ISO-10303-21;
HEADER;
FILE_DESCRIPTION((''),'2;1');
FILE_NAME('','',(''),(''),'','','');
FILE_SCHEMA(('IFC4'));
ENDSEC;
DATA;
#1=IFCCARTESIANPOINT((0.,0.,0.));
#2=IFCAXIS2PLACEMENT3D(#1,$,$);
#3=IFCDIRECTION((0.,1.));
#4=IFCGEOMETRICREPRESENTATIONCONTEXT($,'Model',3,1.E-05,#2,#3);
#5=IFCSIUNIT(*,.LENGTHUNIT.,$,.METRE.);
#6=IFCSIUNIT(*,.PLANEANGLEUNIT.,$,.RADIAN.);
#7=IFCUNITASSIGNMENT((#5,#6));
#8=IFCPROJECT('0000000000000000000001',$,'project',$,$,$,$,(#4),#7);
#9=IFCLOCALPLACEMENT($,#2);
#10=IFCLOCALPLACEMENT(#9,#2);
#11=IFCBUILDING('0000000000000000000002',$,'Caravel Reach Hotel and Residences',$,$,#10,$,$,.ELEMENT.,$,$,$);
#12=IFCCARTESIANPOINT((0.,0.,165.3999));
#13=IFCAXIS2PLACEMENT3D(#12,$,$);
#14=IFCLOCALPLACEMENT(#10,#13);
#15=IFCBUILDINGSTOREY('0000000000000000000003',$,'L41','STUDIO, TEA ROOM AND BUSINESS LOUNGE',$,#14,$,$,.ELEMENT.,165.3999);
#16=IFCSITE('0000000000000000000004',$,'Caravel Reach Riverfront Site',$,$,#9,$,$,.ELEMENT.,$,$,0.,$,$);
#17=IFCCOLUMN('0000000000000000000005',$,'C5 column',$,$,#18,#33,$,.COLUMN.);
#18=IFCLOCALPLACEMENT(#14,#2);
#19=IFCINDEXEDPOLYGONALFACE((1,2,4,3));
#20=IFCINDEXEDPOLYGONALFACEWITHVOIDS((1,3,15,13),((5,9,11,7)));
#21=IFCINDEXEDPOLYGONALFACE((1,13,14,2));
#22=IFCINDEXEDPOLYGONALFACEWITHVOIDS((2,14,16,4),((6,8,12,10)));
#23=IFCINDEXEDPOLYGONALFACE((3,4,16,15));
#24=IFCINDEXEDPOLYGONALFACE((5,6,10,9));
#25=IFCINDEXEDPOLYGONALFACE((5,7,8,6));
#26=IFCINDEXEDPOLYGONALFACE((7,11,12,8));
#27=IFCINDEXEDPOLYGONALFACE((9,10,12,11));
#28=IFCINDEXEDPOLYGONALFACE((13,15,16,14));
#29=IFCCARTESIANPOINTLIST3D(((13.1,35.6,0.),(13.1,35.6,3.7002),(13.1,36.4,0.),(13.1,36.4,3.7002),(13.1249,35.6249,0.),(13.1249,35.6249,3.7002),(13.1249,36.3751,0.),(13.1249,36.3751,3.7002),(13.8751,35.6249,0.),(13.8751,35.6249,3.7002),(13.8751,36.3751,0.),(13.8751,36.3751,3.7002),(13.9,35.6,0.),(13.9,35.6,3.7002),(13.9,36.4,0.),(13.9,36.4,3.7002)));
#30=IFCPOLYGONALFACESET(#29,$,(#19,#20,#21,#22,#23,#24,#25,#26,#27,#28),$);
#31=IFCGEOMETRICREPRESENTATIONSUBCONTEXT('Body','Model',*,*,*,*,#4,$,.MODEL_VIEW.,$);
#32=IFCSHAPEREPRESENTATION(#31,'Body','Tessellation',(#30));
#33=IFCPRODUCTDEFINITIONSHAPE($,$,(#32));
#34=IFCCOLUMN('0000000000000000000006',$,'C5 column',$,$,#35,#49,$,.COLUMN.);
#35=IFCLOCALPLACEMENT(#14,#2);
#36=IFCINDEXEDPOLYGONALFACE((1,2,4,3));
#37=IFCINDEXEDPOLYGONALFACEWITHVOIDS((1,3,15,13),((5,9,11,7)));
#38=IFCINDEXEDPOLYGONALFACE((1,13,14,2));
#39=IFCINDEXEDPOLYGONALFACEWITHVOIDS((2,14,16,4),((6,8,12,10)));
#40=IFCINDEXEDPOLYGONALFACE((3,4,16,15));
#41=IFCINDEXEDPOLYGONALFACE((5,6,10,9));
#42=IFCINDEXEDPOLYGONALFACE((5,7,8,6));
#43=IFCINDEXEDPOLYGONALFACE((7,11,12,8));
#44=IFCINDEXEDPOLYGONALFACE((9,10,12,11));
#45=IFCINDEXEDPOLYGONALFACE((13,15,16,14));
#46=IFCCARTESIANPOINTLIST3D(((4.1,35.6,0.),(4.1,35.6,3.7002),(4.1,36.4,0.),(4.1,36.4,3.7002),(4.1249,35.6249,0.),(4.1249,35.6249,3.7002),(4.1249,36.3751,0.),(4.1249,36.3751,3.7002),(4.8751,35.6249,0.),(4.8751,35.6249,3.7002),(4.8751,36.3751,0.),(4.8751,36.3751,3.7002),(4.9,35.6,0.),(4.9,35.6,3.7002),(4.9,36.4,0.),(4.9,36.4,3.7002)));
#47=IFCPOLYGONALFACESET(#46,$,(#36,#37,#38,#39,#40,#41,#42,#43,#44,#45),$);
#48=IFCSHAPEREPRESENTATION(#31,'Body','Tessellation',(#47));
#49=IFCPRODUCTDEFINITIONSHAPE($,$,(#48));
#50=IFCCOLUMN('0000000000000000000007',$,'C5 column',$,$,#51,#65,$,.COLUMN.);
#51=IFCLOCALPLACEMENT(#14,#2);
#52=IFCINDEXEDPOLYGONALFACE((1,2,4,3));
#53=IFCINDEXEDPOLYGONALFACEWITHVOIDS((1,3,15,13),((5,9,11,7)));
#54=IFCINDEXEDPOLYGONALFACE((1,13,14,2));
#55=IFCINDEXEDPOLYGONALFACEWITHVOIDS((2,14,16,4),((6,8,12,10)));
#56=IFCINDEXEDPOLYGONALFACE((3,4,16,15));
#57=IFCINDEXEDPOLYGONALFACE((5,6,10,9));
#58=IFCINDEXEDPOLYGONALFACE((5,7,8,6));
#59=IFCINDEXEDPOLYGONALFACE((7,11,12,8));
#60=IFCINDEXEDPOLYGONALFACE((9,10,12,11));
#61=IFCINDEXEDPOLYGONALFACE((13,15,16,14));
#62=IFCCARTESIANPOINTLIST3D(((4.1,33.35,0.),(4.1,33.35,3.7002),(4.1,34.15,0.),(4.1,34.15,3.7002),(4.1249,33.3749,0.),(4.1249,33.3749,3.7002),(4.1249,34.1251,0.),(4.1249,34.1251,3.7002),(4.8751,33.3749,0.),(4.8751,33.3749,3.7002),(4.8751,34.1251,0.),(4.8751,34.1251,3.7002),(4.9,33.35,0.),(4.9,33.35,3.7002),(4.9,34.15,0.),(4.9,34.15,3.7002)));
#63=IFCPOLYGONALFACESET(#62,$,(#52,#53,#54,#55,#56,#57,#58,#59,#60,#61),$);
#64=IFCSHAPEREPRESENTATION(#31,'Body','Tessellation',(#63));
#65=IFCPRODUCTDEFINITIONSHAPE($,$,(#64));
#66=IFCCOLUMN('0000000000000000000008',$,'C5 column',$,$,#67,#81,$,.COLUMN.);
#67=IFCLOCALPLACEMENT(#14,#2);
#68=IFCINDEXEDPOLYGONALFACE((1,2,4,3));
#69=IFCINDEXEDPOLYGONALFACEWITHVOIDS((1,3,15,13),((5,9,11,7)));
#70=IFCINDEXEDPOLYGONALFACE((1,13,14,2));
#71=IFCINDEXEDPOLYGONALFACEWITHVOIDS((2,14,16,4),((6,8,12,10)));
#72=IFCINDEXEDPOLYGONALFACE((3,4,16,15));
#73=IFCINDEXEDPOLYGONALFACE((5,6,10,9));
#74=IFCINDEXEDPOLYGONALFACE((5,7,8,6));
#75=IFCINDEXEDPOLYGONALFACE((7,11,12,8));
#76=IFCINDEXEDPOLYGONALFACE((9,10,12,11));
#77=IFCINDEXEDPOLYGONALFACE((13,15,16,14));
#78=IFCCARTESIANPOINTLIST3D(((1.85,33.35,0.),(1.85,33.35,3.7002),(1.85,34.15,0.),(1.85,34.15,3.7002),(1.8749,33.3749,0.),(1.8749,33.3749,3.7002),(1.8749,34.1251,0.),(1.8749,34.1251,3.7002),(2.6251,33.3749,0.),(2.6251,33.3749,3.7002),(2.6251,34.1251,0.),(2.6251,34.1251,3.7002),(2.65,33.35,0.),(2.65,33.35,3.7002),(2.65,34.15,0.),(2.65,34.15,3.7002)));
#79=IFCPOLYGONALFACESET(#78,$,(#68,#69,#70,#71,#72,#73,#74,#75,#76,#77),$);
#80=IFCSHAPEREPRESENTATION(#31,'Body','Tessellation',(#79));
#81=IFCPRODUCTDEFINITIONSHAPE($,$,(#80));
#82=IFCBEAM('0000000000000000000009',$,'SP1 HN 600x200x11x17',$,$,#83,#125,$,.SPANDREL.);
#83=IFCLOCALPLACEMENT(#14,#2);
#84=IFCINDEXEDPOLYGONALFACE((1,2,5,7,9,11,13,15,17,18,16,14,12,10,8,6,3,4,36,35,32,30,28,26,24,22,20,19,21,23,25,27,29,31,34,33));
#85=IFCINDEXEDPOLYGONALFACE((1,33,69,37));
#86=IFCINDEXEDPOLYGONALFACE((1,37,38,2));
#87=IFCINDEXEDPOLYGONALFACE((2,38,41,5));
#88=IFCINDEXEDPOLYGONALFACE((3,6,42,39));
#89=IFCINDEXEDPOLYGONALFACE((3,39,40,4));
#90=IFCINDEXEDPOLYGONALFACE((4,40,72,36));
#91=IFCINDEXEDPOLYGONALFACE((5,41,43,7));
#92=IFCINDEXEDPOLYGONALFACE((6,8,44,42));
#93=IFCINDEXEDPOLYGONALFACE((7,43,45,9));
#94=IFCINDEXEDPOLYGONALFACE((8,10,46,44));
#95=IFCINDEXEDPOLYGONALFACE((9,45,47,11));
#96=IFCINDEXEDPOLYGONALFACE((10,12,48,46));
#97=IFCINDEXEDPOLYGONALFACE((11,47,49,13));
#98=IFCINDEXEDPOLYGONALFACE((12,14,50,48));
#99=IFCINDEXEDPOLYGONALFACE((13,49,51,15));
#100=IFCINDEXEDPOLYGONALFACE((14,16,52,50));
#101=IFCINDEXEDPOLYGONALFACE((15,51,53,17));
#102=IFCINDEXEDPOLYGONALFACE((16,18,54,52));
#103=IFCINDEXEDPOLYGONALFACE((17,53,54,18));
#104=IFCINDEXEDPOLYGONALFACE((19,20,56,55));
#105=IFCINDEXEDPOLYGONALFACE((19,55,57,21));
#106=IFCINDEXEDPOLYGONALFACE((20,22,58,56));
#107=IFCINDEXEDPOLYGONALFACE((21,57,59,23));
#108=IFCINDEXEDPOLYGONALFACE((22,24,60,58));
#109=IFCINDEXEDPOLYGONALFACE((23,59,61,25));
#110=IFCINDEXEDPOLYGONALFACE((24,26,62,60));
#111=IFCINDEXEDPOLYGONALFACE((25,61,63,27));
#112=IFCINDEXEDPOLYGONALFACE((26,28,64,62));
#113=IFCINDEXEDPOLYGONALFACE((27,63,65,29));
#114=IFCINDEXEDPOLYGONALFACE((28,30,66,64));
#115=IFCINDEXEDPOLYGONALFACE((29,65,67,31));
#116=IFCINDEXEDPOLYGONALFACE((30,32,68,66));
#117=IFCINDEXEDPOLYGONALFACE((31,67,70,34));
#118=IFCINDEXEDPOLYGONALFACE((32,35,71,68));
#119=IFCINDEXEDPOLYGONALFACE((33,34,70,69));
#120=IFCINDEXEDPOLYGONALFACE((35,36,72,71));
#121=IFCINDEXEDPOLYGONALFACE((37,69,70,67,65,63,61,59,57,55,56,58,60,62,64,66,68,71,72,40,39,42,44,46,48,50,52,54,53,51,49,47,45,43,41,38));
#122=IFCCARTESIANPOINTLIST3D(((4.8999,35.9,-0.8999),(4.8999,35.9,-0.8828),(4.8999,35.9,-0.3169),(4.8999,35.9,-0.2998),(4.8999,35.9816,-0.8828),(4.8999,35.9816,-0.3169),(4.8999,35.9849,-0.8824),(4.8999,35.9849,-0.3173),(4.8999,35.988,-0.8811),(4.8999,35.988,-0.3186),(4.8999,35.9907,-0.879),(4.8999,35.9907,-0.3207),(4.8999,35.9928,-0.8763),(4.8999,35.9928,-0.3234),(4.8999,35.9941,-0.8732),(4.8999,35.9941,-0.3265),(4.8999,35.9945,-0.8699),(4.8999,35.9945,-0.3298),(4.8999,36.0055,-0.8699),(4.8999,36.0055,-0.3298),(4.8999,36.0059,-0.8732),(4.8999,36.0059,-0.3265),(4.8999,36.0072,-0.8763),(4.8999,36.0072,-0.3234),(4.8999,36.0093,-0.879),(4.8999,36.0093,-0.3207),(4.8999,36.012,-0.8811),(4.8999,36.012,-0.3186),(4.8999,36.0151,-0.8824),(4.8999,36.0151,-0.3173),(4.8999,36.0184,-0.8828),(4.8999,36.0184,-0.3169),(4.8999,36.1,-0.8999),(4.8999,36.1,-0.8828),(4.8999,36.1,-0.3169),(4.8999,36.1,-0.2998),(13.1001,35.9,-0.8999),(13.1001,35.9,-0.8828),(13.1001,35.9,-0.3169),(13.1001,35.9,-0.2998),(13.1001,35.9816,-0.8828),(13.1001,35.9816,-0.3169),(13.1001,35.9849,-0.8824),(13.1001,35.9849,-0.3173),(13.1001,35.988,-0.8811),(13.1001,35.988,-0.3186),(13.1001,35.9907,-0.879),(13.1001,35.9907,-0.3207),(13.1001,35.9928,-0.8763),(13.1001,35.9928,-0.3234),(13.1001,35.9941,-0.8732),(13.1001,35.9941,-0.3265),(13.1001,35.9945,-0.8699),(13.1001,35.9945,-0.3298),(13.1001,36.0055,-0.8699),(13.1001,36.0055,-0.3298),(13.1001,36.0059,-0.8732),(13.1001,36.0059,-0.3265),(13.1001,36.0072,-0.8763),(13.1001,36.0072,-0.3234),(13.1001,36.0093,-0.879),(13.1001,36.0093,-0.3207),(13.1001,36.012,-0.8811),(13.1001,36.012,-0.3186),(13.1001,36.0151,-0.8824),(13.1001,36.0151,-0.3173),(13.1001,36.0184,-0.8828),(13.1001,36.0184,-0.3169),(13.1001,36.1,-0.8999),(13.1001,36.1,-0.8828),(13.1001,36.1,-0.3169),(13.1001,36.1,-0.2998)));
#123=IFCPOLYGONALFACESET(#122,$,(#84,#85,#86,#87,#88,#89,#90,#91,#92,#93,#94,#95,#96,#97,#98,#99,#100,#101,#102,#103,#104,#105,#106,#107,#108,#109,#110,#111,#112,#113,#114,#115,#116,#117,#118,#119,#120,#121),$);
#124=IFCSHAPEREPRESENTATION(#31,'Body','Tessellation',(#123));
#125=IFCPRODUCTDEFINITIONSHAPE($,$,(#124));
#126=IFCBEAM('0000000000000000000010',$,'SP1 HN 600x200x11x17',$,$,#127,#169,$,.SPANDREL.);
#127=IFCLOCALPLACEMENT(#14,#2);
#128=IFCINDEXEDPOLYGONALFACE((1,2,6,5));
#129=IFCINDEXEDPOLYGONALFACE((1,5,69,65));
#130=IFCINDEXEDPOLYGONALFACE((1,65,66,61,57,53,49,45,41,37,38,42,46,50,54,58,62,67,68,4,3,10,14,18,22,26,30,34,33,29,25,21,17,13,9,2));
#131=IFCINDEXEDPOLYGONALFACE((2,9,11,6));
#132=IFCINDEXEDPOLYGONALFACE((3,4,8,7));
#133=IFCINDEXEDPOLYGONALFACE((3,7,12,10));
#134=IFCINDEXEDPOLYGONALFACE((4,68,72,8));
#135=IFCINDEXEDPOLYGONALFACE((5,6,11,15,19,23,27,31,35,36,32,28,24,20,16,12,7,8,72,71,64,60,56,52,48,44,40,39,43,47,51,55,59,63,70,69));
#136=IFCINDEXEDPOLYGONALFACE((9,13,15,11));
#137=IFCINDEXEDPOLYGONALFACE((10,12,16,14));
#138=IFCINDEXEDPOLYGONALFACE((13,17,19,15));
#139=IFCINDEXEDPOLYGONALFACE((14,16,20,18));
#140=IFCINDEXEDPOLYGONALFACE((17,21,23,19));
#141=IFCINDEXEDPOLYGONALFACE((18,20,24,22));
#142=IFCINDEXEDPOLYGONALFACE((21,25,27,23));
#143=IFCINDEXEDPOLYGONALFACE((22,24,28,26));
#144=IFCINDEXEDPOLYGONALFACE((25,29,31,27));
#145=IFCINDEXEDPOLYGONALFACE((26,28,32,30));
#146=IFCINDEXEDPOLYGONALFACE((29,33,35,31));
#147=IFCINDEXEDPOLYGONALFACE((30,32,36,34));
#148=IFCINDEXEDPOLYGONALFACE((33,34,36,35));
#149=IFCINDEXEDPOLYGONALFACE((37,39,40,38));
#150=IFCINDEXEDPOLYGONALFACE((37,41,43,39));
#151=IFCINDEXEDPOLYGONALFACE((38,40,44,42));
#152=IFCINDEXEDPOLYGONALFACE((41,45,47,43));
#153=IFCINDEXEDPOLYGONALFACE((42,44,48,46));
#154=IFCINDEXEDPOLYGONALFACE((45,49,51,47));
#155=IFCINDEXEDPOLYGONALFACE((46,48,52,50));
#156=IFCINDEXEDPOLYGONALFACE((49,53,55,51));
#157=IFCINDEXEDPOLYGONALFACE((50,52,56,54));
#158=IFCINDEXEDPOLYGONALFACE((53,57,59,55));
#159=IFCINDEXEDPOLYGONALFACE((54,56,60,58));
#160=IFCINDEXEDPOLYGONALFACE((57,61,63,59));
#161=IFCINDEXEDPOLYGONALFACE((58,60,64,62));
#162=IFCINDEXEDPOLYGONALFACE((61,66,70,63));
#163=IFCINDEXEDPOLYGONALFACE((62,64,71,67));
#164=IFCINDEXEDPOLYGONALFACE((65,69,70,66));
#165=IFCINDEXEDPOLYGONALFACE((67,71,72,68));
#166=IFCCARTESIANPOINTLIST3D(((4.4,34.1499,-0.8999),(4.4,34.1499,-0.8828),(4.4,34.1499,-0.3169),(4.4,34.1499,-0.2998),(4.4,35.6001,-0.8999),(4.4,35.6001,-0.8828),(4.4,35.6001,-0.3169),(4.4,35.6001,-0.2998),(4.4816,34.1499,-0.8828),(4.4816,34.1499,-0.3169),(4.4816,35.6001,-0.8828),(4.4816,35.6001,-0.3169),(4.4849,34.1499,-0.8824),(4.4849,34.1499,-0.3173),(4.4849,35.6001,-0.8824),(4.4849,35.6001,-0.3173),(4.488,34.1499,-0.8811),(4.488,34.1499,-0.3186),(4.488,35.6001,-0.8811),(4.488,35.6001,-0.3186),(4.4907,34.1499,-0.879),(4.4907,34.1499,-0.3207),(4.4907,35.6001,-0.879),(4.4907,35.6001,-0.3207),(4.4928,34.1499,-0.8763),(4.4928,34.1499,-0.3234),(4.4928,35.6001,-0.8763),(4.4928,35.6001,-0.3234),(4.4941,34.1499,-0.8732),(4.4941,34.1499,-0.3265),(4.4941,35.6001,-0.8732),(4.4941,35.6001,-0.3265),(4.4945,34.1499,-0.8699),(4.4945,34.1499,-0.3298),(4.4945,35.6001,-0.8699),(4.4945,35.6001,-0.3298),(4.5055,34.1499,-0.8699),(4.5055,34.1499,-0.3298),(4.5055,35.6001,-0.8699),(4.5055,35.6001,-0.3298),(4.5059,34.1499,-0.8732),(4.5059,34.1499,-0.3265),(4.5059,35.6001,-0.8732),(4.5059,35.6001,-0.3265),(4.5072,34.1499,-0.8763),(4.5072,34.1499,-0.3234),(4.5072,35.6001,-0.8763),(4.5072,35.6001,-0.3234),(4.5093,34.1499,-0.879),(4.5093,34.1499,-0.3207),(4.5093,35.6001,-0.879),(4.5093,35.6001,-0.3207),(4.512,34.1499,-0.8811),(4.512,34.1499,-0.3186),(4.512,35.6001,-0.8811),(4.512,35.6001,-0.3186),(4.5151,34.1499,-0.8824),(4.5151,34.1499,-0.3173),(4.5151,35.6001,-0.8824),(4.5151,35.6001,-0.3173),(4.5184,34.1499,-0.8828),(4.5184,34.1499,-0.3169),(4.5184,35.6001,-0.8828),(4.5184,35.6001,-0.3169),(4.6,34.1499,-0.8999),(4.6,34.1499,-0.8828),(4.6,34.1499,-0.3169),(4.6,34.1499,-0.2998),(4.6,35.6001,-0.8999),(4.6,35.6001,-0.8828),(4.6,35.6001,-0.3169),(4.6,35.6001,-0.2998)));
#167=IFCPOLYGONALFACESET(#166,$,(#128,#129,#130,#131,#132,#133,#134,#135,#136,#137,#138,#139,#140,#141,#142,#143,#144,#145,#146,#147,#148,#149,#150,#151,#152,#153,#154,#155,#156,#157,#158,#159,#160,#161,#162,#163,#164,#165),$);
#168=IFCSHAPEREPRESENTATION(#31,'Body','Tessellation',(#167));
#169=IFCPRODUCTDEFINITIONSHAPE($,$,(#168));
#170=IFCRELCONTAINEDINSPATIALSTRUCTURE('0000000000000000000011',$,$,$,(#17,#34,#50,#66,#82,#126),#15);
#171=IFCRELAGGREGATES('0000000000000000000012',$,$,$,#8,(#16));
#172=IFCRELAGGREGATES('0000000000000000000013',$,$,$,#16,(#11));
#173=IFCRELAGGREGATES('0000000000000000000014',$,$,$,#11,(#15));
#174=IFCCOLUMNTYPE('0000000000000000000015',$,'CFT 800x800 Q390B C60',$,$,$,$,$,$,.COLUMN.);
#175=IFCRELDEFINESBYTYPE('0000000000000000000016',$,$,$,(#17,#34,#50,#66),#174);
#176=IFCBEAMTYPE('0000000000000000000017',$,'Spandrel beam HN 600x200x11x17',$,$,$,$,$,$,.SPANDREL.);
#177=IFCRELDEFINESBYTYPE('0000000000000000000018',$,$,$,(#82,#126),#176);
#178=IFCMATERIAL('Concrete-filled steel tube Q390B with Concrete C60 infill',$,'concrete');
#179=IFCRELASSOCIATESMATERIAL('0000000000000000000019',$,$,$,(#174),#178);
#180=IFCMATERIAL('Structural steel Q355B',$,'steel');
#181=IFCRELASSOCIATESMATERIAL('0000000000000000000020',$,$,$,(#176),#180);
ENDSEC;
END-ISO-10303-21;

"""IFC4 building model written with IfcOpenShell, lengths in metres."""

from ifc_helpers import new_model, si_unit, direction, frame, origin, origin_2d, place, context, subcontext, project, spatial, hollow_rectangle, i_section, extrude, material, material_profile, profile_set, type_object, element, save


model = new_model("IFC4")

# Units and contexts
model_context = context("Model", 3, precision=1e-05, world=origin(), true_north=direction((0.0, 1.0)))
body_context = subcontext(model_context, "Body", "Model", "MODEL_VIEW")
ifc_project = project(units=[si_unit("LENGTHUNIT", "METRE"), si_unit("PLANEANGLEUNIT", "RADIAN")], contexts=[model_context])

# Site, building, storey
site_placement = place(None, origin())
site = spatial("IfcSite", under=ifc_project, at=site_placement, Name="Caravel Reach Riverfront Site", CompositionType="ELEMENT", RefElevation=0.0)
building_placement = place(site_placement, origin())
building = spatial("IfcBuilding", under=site, at=building_placement, Name="Caravel Reach Hotel and Residences", CompositionType="ELEMENT")
storey_placement = place(building_placement, frame((0.0, 0.0, 165.3999)))
storey = spatial("IfcBuildingStorey", under=building, at=storey_placement, Name="L41", Description="STUDIO, TEA ROOM AND BUSINESS LOUNGE", CompositionType="ELEMENT", Elevation=165.3999)

# Columns
ifc_material_1 = material(Name="Concrete-filled steel tube Q390B with Concrete C60 infill", Category="concrete")
ifc_material_profile_1 = material_profile(ifc_material_1, hollow_rectangle(XDim=0.8, YDim=0.8, WallThickness=0.0249, at=origin_2d()), Name="RHS 800x800x25")
ifc_profile_set_1 = profile_set([ifc_material_profile_1], Name="Concrete-filled steel tube Q390B with Concrete C60 infill")
column_type = type_object("IfcColumnType", Name="CFT 800x800 Q390B C60", PredefinedType="COLUMN", material=ifc_profile_set_1)
for number, where, z_axis, x_axis, name in (
    (1, (13.5, 36.0, 0.0), (0.0, 0.0, 1.0), (1.0, 0.0, 0.0), "C5 column"),
    (2, (4.5, 36.0, 0.0), (0.0, 0.0, 1.0), (1.0, 0.0, 0.0), "C5 column"),
    (3, (4.5, 33.75, 0.0), (0.0, 0.0, 1.0), (1.0, 0.0, 0.0), "C5 column"),
    (4, (2.25, 33.75, 0.0), (0.0, 0.0, 1.0), (1.0, 0.0, 0.0), "C5 column"),
):
    element("IfcColumn", number, at=place(storey_placement, frame(where, z_axis=z_axis, x_axis=x_axis)), inside=storey, type_object=column_type, Name=name, PredefinedType="COLUMN", context=body_context, shape_type="SweptSolid", body=[
        extrude(hollow_rectangle(XDim=0.8, YDim=0.8, WallThickness=0.0249, at=origin_2d()), origin(), (0.0, 0.0, 1.0), 3.7002),
    ])

# Beams
ifc_material_2 = material(Name="Structural steel Q355B", Category="steel")
ifc_material_profile_2 = material_profile(ifc_material_2, i_section(OverallWidth=0.2, OverallDepth=0.6001, WebThickness=0.011, FlangeThickness=0.0171, FilletRadius=0.0129, at=origin_2d()), Name="HN 600x200x11x17")
ifc_profile_set_2 = profile_set([ifc_material_profile_2], Name="Structural steel Q355B")
beam_type = type_object("IfcBeamType", Name="Spandrel beam HN 600x200x11x17", PredefinedType="SPANDREL", material=ifc_profile_set_2)
beam_placement = place(storey_placement, frame((13.1001, 36.0, -0.5999), z_axis=(-1.0, 0.0, 0.0), x_axis=(0.0, -1.0, 0.0)))
element("IfcBeam", 5, at=beam_placement, inside=storey, type_object=beam_type, Name="SP1 HN 600x200x11x17", PredefinedType="SPANDREL", context=body_context, shape_type="SweptSolid", body=[
    extrude(i_section(OverallWidth=0.2, OverallDepth=0.6001, WebThickness=0.011, FlangeThickness=0.0171, FilletRadius=0.0129, at=origin_2d()), origin(), (0.0, 0.0, 1.0), 8.2002),
])
for number, where, z_axis, x_axis, name in (
    (6, (4.5, 35.6001, -0.5999), (0.0, -1.0, 0.0), (1.0, 0.0, 0.0), "SP1 HN 600x200x11x17"),
):
    element("IfcBeam", number, at=place(storey_placement, frame(where, z_axis=z_axis, x_axis=x_axis)), inside=storey, type_object=beam_type, Name=name, PredefinedType="SPANDREL", context=body_context, shape_type="SweptSolid", body=[
        extrude(i_section(OverallWidth=0.2, OverallDepth=0.6001, WebThickness=0.011, FlangeThickness=0.0171, FilletRadius=0.0129, at=origin_2d()), origin(), (0.0, 0.0, 1.0), 1.4502),
    ])

save(model, "model.ifc")
